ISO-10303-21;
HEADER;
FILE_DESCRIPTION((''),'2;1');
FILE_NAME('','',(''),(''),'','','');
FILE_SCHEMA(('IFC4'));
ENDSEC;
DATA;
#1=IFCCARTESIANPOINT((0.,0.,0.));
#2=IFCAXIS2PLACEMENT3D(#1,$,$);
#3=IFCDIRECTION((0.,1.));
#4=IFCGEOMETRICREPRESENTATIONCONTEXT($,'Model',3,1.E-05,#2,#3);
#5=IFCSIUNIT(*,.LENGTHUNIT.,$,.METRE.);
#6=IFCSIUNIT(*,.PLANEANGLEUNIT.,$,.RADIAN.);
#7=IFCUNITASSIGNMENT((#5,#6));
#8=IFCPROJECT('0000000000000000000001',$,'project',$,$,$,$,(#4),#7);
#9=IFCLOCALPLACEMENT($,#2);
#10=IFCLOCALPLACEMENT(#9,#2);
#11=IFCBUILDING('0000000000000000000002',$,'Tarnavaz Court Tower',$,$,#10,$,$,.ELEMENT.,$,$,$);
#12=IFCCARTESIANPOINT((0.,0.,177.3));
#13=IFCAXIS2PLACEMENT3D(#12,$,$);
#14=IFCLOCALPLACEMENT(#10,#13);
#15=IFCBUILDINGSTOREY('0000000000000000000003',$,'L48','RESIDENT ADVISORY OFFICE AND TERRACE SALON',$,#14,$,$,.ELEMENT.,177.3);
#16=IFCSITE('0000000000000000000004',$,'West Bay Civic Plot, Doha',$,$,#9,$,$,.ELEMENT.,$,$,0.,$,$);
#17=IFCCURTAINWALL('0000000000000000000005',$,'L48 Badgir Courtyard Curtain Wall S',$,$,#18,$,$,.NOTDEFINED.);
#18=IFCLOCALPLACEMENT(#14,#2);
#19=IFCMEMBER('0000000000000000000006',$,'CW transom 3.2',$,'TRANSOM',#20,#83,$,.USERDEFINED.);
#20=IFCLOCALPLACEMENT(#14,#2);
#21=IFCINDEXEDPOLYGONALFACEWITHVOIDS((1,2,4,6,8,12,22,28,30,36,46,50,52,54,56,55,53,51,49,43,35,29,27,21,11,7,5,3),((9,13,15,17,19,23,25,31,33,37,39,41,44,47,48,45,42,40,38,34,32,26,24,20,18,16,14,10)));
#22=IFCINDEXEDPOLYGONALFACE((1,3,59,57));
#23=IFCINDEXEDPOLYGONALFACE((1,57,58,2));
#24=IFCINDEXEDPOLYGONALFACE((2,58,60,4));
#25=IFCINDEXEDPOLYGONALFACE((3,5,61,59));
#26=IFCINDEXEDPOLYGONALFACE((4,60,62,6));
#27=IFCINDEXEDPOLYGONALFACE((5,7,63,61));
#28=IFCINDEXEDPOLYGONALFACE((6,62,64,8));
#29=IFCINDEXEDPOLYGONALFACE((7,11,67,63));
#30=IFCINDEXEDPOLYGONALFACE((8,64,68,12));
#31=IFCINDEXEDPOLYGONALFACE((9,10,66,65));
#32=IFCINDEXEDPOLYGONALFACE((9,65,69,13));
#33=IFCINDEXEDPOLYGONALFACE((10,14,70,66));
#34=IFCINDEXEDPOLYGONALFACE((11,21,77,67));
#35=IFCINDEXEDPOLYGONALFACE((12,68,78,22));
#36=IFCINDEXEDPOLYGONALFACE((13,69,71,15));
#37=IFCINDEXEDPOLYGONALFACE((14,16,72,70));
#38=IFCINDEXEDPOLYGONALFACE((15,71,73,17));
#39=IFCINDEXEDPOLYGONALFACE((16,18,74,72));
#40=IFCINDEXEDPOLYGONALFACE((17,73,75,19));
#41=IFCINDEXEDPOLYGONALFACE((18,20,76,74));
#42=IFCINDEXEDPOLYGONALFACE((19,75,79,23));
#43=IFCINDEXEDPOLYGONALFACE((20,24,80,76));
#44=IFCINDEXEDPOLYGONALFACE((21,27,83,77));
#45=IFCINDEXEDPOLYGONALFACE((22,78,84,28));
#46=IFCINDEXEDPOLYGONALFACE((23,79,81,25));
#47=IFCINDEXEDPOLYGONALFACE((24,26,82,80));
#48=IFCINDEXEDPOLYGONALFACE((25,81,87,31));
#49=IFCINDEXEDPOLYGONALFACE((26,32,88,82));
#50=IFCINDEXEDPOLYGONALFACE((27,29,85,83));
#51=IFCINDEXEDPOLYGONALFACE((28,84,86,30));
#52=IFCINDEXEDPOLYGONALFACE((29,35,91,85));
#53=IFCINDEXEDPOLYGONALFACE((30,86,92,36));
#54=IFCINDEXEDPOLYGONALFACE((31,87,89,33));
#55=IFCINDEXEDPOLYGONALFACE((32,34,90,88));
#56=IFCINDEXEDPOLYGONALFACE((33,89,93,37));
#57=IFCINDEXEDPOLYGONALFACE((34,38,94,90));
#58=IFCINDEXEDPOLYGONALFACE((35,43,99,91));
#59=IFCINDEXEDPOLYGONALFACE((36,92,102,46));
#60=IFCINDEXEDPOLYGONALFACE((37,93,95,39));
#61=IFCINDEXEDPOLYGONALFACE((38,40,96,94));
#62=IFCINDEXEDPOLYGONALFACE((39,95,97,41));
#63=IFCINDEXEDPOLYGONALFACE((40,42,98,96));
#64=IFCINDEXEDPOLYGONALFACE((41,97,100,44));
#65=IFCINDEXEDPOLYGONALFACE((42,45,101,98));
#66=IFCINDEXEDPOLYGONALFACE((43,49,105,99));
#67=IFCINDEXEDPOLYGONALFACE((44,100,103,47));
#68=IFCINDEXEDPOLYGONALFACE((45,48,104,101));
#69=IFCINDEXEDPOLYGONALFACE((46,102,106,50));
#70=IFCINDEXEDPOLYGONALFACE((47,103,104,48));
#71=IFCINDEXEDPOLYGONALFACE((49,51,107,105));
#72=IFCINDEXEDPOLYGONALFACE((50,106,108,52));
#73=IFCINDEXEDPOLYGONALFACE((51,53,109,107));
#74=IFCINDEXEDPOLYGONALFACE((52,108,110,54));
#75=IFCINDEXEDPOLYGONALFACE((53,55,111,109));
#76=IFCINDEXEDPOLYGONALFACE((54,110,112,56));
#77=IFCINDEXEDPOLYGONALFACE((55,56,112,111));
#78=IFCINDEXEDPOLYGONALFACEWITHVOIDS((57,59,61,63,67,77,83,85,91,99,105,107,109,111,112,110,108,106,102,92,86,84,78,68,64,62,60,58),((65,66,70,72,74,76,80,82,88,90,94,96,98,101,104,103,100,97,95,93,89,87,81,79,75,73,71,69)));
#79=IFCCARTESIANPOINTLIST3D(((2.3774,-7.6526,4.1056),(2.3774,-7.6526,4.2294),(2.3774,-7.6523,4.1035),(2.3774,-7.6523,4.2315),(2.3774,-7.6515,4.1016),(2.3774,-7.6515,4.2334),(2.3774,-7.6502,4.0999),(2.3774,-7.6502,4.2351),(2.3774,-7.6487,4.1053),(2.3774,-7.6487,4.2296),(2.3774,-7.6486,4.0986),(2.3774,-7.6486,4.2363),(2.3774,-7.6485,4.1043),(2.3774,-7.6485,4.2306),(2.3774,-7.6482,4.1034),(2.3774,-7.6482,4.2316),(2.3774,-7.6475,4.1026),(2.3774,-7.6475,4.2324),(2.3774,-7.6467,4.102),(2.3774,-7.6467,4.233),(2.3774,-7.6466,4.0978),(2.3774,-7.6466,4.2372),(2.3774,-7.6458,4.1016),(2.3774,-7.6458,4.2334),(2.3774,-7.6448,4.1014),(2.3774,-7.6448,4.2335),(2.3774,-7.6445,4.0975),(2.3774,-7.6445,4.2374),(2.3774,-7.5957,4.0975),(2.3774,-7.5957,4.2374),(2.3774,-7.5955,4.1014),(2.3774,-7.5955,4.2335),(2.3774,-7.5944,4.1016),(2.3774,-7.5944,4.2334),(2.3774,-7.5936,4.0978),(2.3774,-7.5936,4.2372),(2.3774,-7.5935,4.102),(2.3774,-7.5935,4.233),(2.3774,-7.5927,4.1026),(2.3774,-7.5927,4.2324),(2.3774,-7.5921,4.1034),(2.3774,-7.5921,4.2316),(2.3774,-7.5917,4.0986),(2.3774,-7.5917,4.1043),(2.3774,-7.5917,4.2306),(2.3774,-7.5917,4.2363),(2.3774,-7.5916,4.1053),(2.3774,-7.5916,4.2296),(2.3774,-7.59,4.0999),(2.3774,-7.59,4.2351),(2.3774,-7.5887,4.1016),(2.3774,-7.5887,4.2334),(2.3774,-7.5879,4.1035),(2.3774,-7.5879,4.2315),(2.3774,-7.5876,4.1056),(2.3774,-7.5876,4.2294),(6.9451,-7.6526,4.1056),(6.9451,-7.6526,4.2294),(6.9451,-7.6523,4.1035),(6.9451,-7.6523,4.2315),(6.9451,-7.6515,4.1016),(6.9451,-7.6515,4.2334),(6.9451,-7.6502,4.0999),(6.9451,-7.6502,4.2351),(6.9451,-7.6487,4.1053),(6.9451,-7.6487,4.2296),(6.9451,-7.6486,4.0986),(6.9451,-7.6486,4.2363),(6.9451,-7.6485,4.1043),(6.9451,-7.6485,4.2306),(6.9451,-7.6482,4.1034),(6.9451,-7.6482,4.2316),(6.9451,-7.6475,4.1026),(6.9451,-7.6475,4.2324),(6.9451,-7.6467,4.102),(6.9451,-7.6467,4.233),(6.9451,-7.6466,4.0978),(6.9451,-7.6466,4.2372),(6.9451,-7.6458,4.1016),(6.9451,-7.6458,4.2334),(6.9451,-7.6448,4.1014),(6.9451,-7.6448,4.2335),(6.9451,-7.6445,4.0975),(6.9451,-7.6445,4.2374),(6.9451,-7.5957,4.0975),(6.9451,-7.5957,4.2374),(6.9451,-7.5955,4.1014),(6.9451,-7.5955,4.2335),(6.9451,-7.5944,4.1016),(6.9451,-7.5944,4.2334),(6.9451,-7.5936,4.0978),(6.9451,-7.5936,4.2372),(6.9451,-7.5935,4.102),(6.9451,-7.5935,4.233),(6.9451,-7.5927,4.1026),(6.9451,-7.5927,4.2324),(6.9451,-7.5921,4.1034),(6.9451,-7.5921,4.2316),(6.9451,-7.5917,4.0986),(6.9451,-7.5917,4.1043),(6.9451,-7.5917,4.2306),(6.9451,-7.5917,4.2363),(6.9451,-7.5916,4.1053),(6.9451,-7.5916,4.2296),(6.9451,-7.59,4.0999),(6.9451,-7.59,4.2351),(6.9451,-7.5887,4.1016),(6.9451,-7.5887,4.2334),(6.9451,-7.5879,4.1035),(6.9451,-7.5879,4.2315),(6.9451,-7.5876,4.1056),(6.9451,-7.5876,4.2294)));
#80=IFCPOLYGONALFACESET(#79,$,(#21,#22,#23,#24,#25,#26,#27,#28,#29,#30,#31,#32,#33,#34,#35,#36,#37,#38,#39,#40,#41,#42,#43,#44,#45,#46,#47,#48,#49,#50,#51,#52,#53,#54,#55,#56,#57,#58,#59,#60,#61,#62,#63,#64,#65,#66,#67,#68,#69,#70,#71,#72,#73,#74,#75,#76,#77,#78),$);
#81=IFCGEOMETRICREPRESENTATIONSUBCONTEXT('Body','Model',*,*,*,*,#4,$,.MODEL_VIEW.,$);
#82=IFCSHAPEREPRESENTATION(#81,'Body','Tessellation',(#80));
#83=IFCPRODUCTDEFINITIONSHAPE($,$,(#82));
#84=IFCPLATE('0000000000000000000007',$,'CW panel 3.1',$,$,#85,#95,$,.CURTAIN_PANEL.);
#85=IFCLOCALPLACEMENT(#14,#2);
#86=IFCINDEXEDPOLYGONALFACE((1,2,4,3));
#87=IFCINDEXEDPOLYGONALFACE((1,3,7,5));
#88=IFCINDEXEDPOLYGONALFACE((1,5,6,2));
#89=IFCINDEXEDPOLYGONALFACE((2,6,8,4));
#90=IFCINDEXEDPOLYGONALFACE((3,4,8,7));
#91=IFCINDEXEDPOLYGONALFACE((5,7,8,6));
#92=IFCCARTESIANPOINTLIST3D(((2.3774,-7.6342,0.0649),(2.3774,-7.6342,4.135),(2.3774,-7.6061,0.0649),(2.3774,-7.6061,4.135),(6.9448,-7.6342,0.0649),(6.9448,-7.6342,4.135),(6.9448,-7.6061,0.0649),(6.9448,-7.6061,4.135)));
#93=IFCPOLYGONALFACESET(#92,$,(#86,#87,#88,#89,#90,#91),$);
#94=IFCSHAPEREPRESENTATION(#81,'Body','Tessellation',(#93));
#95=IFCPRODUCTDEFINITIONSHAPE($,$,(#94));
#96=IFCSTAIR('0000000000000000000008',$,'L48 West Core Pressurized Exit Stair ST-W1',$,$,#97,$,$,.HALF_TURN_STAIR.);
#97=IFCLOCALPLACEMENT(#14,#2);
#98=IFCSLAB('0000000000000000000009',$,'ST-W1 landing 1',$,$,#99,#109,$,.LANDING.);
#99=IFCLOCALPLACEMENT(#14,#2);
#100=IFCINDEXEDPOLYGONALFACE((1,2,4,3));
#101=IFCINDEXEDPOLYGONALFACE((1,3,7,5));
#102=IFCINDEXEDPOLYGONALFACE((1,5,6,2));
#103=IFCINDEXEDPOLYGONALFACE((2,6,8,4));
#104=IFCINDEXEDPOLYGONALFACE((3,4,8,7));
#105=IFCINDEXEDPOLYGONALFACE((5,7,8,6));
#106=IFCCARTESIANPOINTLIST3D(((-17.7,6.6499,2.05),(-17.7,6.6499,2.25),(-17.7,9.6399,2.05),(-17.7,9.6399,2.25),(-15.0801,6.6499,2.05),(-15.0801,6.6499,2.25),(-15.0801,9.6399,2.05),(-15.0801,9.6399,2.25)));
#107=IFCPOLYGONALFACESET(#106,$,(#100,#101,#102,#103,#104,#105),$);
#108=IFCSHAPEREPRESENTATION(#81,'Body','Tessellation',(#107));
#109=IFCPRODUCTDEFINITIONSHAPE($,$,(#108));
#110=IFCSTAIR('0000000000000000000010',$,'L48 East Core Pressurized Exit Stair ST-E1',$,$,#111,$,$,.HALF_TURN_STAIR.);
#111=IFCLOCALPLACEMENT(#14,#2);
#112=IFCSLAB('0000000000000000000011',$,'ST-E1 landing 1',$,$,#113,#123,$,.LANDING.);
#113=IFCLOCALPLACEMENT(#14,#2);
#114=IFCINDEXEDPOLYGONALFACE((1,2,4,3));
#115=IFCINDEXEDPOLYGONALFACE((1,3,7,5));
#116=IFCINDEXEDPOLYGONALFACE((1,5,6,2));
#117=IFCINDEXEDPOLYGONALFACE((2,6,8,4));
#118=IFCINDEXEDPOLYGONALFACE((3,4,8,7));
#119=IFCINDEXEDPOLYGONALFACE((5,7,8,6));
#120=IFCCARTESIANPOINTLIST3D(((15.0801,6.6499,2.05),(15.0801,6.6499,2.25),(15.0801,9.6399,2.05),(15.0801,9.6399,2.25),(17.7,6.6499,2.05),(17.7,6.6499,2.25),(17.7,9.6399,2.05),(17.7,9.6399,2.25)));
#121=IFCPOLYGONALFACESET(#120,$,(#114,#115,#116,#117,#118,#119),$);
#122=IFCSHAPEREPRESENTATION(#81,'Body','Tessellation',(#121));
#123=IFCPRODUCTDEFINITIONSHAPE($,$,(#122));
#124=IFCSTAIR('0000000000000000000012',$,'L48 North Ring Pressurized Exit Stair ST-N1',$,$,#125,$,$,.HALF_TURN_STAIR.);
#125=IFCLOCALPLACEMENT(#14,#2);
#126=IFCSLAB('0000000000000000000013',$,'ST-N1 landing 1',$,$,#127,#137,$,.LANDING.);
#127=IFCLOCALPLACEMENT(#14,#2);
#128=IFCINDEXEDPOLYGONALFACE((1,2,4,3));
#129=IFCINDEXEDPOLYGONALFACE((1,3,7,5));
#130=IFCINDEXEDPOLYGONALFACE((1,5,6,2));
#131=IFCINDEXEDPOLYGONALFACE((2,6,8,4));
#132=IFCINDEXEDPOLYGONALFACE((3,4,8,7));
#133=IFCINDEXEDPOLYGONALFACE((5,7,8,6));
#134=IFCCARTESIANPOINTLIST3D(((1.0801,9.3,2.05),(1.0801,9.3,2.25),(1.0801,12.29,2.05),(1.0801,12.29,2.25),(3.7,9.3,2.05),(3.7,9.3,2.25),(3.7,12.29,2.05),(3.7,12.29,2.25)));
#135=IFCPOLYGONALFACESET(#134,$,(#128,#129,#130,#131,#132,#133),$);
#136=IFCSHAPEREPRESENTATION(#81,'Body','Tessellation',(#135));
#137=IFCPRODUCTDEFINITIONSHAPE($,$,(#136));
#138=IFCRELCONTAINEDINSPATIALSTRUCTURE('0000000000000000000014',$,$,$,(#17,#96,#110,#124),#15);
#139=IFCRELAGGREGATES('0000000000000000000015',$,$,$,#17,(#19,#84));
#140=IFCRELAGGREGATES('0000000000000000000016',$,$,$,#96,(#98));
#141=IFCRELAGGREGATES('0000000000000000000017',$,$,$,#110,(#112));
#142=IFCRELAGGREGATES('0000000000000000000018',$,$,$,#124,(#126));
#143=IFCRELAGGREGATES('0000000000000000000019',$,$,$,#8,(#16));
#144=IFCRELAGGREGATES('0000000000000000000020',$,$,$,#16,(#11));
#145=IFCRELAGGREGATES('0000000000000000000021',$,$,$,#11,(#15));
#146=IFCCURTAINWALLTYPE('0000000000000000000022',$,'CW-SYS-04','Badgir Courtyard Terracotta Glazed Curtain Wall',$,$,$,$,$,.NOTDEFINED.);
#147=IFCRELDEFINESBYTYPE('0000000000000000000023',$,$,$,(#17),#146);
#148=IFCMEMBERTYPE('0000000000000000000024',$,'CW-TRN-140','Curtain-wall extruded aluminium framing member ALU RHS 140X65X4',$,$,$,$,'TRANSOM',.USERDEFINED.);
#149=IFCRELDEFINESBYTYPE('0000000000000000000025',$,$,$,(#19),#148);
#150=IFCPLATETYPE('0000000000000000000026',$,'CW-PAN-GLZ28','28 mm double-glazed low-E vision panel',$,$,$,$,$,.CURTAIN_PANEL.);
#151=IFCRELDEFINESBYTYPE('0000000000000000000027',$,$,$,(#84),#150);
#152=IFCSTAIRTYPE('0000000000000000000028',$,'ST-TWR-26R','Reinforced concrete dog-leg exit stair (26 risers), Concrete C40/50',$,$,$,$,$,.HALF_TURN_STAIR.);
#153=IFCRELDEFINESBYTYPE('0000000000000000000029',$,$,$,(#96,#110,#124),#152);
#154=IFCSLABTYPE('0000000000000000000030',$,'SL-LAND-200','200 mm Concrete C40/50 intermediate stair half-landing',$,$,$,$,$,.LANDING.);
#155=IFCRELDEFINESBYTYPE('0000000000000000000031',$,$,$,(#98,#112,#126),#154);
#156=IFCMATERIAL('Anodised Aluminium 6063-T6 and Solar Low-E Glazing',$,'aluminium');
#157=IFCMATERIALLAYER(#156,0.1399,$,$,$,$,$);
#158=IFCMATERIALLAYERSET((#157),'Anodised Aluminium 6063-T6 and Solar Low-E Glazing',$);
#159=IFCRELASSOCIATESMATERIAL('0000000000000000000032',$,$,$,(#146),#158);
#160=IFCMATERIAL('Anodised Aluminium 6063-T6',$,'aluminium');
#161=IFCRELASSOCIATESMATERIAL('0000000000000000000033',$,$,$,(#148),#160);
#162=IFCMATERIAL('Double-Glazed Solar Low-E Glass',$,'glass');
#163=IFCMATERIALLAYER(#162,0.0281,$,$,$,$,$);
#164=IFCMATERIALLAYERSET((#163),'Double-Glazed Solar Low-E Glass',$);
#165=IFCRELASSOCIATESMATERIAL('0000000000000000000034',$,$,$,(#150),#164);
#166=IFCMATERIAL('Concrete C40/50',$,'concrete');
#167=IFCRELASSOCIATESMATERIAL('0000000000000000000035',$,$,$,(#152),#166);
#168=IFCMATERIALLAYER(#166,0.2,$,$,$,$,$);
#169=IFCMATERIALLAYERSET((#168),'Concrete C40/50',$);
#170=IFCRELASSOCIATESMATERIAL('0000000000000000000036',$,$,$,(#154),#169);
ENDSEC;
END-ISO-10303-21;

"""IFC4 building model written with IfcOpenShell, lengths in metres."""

from ifc_helpers import new_model, si_unit, direction, frame, origin, origin_2d, place, context, subcontext, project, spatial, polyline, rectangle, hollow_rectangle, outline, extrude, material, layer, layer_set, material_profile, profile_set, type_object, element, aggregate, save


model = new_model("IFC4")

# Units and contexts
model_context = context("Model", 3, precision=1e-05, world=origin(), true_north=direction((0.0, 1.0)))
body_context = subcontext(model_context, "Body", "Model", "MODEL_VIEW")
ifc_project = project(units=[si_unit("LENGTHUNIT", "METRE"), si_unit("PLANEANGLEUNIT", "RADIAN")], contexts=[model_context])

# Site, building, storey
site_placement = place(None, origin())
site = spatial("IfcSite", under=ifc_project, at=site_placement, Name="West Bay Civic Plot, Doha", CompositionType="ELEMENT", RefElevation=0.0)
building_placement = place(site_placement, origin())
building = spatial("IfcBuilding", under=site, at=building_placement, Name="Tarnavaz Court Tower", CompositionType="ELEMENT")
storey_placement = place(building_placement, frame((0.0, 0.0, 177.3)))
storey = spatial("IfcBuildingStorey", under=building, at=storey_placement, Name="L48", Description="RESIDENT ADVISORY OFFICE AND TERRACE SALON", CompositionType="ELEMENT", Elevation=177.3)

# Curtain wall, member, plate
ifc_material_1 = material(Name="Anodised Aluminium 6063-T6 and Solar Low-E Glazing", Category="aluminium")
ifc_layer_1 = layer(ifc_material_1, 0.1399)
ifc_layer_set_1 = layer_set([ifc_layer_1], Name="Anodised Aluminium 6063-T6 and Solar Low-E Glazing")
curtain_wall_type = type_object("IfcCurtainWallType", Name="CW-SYS-04", Description="Badgir Courtyard Terracotta Glazed Curtain Wall", PredefinedType="NOTDEFINED", material=ifc_layer_set_1)
curtain_wall_placement = place(storey_placement, origin())
curtain_wall = element("IfcCurtainWall", 1, at=curtain_wall_placement, inside=storey, type_object=curtain_wall_type, Name="L48 Badgir Courtyard Curtain Wall S", PredefinedType="NOTDEFINED")
ifc_material_2 = material(Name="Anodised Aluminium 6063-T6", Category="aluminium")
ifc_material_profile_1 = material_profile(ifc_material_2, hollow_rectangle(XDim=0.0649, YDim=0.1399, WallThickness=0.0039, InnerFilletRadius=0.0039, OuterFilletRadius=0.0081, at=origin_2d()), Name="ALU RHS 140X65X4")
ifc_profile_set_1 = profile_set([ifc_material_profile_1], Name="Anodised Aluminium 6063-T6")
member_type_1 = type_object("IfcMemberType", Name="CW-TRN-140", Description="Curtain-wall extruded aluminium framing member ALU RHS 140X65X4", ElementType="TRANSOM", PredefinedType="USERDEFINED", material=ifc_profile_set_1)
member_1_placement = place(storey_placement, frame((2.3774, -7.6201, 4.1675), z_axis=(1.0, 0.0, 0.0), x_axis=(0.0, 1.0, 0.0)))
member_1 = element("IfcMember", 2, at=member_1_placement, type_object=member_type_1, Name="CW transom 3.2", ObjectType="TRANSOM", PredefinedType="USERDEFINED", context=body_context, shape_type="SweptSolid", body=[
    extrude(hollow_rectangle(XDim=0.0649, YDim=0.1399, WallThickness=0.0039, InnerFilletRadius=0.0039, OuterFilletRadius=0.0081, at=origin_2d()), origin(), (0.0, 0.0, 1.0), 4.5676),
])
ifc_material_3 = material(Name="Double-Glazed Solar Low-E Glass", Category="glass")
ifc_layer_2 = layer(ifc_material_3, 0.0281)
ifc_layer_set_2 = layer_set([ifc_layer_2], Name="Double-Glazed Solar Low-E Glass")
plate_type = type_object("IfcPlateType", Name="CW-PAN-GLZ28", Description="28 mm double-glazed low-E vision panel", PredefinedType="CURTAIN_PANEL", material=ifc_layer_set_2)
plate_placement = place(storey_placement, frame((4.6611, -7.6201, 0.0649), z_axis=(0.0, 0.0, 1.0), x_axis=(1.0, 0.0, 0.0)))
plate = element("IfcPlate", 3, at=plate_placement, type_object=plate_type, Name="CW panel 3.1", PredefinedType="CURTAIN_PANEL", context=body_context, shape_type="SweptSolid", body=[
    extrude(rectangle(XDim=4.5674, YDim=0.0281, at=origin_2d()), origin(), (0.0, 0.0, 1.0), 4.0701),
])
aggregate(curtain_wall, [member_1, plate])

# Stairs, slabs
ifc_material_4 = material(Name="Concrete C40/50", Category="concrete")
stair_type = type_object("IfcStairType", Name="ST-TWR-26R", Description="Reinforced concrete dog-leg exit stair (26 risers), Concrete C40/50", PredefinedType="HALF_TURN_STAIR", material=ifc_material_4)
stair_1_placement = place(storey_placement, origin())
stair_1 = element("IfcStair", 4, at=stair_1_placement, inside=storey, type_object=stair_type, Name="L48 West Core Pressurized Exit Stair ST-W1", PredefinedType="HALF_TURN_STAIR")
ifc_layer_3 = layer(ifc_material_4, 0.2)
ifc_layer_set_3 = layer_set([ifc_layer_3], Name="Concrete C40/50")
slab_type_1 = type_object("IfcSlabType", Name="SL-LAND-200", Description="200 mm Concrete C40/50 intermediate stair half-landing", PredefinedType="LANDING", material=ifc_layer_set_3)
slab_1_placement = place(storey_placement, frame((0.0, 0.0, 2.05)))
slab_1 = element("IfcSlab", 5, at=slab_1_placement, type_object=slab_type_1, Name="ST-W1 landing 1", PredefinedType="LANDING", context=body_context, shape_type="SweptSolid", body=[
    extrude(outline(polyline([(-15.0801, 9.6399), (-17.7, 9.6399), (-17.7, 6.6499), (-15.0801, 6.6499), (-15.0801, 9.6399)])), origin(), (0.0, 0.0, 1.0), 0.2),
])
aggregate(stair_1, [slab_1])
stair_2_placement = place(storey_placement, origin())
stair_2 = element("IfcStair", 6, at=stair_2_placement, inside=storey, type_object=stair_type, Name="L48 East Core Pressurized Exit Stair ST-E1", PredefinedType="HALF_TURN_STAIR")
slab_2_placement = place(storey_placement, frame((0.0, 0.0, 2.05)))
slab_2 = element("IfcSlab", 7, at=slab_2_placement, type_object=slab_type_1, Name="ST-E1 landing 1", PredefinedType="LANDING", context=body_context, shape_type="SweptSolid", body=[
    extrude(outline(polyline([(15.0801, 6.6499), (17.7, 6.6499), (17.7, 9.6399), (15.0801, 9.6399), (15.0801, 6.6499)])), origin(), (0.0, 0.0, 1.0), 0.2),
])
aggregate(stair_2, [slab_2])
stair_3_placement = place(storey_placement, origin())
stair_3 = element("IfcStair", 8, at=stair_3_placement, inside=storey, type_object=stair_type, Name="L48 North Ring Pressurized Exit Stair ST-N1", PredefinedType="HALF_TURN_STAIR")
slab_3_placement = place(storey_placement, frame((0.0, 0.0, 2.05)))
slab_3 = element("IfcSlab", 9, at=slab_3_placement, type_object=slab_type_1, Name="ST-N1 landing 1", PredefinedType="LANDING", context=body_context, shape_type="SweptSolid", body=[
    extrude(outline(polyline([(1.0801, 9.3), (3.7, 9.3), (3.7, 12.29), (1.0801, 12.29), (1.0801, 9.3)])), origin(), (0.0, 0.0, 1.0), 0.2),
])
aggregate(stair_3, [slab_3])

save(model, "model.ifc")
